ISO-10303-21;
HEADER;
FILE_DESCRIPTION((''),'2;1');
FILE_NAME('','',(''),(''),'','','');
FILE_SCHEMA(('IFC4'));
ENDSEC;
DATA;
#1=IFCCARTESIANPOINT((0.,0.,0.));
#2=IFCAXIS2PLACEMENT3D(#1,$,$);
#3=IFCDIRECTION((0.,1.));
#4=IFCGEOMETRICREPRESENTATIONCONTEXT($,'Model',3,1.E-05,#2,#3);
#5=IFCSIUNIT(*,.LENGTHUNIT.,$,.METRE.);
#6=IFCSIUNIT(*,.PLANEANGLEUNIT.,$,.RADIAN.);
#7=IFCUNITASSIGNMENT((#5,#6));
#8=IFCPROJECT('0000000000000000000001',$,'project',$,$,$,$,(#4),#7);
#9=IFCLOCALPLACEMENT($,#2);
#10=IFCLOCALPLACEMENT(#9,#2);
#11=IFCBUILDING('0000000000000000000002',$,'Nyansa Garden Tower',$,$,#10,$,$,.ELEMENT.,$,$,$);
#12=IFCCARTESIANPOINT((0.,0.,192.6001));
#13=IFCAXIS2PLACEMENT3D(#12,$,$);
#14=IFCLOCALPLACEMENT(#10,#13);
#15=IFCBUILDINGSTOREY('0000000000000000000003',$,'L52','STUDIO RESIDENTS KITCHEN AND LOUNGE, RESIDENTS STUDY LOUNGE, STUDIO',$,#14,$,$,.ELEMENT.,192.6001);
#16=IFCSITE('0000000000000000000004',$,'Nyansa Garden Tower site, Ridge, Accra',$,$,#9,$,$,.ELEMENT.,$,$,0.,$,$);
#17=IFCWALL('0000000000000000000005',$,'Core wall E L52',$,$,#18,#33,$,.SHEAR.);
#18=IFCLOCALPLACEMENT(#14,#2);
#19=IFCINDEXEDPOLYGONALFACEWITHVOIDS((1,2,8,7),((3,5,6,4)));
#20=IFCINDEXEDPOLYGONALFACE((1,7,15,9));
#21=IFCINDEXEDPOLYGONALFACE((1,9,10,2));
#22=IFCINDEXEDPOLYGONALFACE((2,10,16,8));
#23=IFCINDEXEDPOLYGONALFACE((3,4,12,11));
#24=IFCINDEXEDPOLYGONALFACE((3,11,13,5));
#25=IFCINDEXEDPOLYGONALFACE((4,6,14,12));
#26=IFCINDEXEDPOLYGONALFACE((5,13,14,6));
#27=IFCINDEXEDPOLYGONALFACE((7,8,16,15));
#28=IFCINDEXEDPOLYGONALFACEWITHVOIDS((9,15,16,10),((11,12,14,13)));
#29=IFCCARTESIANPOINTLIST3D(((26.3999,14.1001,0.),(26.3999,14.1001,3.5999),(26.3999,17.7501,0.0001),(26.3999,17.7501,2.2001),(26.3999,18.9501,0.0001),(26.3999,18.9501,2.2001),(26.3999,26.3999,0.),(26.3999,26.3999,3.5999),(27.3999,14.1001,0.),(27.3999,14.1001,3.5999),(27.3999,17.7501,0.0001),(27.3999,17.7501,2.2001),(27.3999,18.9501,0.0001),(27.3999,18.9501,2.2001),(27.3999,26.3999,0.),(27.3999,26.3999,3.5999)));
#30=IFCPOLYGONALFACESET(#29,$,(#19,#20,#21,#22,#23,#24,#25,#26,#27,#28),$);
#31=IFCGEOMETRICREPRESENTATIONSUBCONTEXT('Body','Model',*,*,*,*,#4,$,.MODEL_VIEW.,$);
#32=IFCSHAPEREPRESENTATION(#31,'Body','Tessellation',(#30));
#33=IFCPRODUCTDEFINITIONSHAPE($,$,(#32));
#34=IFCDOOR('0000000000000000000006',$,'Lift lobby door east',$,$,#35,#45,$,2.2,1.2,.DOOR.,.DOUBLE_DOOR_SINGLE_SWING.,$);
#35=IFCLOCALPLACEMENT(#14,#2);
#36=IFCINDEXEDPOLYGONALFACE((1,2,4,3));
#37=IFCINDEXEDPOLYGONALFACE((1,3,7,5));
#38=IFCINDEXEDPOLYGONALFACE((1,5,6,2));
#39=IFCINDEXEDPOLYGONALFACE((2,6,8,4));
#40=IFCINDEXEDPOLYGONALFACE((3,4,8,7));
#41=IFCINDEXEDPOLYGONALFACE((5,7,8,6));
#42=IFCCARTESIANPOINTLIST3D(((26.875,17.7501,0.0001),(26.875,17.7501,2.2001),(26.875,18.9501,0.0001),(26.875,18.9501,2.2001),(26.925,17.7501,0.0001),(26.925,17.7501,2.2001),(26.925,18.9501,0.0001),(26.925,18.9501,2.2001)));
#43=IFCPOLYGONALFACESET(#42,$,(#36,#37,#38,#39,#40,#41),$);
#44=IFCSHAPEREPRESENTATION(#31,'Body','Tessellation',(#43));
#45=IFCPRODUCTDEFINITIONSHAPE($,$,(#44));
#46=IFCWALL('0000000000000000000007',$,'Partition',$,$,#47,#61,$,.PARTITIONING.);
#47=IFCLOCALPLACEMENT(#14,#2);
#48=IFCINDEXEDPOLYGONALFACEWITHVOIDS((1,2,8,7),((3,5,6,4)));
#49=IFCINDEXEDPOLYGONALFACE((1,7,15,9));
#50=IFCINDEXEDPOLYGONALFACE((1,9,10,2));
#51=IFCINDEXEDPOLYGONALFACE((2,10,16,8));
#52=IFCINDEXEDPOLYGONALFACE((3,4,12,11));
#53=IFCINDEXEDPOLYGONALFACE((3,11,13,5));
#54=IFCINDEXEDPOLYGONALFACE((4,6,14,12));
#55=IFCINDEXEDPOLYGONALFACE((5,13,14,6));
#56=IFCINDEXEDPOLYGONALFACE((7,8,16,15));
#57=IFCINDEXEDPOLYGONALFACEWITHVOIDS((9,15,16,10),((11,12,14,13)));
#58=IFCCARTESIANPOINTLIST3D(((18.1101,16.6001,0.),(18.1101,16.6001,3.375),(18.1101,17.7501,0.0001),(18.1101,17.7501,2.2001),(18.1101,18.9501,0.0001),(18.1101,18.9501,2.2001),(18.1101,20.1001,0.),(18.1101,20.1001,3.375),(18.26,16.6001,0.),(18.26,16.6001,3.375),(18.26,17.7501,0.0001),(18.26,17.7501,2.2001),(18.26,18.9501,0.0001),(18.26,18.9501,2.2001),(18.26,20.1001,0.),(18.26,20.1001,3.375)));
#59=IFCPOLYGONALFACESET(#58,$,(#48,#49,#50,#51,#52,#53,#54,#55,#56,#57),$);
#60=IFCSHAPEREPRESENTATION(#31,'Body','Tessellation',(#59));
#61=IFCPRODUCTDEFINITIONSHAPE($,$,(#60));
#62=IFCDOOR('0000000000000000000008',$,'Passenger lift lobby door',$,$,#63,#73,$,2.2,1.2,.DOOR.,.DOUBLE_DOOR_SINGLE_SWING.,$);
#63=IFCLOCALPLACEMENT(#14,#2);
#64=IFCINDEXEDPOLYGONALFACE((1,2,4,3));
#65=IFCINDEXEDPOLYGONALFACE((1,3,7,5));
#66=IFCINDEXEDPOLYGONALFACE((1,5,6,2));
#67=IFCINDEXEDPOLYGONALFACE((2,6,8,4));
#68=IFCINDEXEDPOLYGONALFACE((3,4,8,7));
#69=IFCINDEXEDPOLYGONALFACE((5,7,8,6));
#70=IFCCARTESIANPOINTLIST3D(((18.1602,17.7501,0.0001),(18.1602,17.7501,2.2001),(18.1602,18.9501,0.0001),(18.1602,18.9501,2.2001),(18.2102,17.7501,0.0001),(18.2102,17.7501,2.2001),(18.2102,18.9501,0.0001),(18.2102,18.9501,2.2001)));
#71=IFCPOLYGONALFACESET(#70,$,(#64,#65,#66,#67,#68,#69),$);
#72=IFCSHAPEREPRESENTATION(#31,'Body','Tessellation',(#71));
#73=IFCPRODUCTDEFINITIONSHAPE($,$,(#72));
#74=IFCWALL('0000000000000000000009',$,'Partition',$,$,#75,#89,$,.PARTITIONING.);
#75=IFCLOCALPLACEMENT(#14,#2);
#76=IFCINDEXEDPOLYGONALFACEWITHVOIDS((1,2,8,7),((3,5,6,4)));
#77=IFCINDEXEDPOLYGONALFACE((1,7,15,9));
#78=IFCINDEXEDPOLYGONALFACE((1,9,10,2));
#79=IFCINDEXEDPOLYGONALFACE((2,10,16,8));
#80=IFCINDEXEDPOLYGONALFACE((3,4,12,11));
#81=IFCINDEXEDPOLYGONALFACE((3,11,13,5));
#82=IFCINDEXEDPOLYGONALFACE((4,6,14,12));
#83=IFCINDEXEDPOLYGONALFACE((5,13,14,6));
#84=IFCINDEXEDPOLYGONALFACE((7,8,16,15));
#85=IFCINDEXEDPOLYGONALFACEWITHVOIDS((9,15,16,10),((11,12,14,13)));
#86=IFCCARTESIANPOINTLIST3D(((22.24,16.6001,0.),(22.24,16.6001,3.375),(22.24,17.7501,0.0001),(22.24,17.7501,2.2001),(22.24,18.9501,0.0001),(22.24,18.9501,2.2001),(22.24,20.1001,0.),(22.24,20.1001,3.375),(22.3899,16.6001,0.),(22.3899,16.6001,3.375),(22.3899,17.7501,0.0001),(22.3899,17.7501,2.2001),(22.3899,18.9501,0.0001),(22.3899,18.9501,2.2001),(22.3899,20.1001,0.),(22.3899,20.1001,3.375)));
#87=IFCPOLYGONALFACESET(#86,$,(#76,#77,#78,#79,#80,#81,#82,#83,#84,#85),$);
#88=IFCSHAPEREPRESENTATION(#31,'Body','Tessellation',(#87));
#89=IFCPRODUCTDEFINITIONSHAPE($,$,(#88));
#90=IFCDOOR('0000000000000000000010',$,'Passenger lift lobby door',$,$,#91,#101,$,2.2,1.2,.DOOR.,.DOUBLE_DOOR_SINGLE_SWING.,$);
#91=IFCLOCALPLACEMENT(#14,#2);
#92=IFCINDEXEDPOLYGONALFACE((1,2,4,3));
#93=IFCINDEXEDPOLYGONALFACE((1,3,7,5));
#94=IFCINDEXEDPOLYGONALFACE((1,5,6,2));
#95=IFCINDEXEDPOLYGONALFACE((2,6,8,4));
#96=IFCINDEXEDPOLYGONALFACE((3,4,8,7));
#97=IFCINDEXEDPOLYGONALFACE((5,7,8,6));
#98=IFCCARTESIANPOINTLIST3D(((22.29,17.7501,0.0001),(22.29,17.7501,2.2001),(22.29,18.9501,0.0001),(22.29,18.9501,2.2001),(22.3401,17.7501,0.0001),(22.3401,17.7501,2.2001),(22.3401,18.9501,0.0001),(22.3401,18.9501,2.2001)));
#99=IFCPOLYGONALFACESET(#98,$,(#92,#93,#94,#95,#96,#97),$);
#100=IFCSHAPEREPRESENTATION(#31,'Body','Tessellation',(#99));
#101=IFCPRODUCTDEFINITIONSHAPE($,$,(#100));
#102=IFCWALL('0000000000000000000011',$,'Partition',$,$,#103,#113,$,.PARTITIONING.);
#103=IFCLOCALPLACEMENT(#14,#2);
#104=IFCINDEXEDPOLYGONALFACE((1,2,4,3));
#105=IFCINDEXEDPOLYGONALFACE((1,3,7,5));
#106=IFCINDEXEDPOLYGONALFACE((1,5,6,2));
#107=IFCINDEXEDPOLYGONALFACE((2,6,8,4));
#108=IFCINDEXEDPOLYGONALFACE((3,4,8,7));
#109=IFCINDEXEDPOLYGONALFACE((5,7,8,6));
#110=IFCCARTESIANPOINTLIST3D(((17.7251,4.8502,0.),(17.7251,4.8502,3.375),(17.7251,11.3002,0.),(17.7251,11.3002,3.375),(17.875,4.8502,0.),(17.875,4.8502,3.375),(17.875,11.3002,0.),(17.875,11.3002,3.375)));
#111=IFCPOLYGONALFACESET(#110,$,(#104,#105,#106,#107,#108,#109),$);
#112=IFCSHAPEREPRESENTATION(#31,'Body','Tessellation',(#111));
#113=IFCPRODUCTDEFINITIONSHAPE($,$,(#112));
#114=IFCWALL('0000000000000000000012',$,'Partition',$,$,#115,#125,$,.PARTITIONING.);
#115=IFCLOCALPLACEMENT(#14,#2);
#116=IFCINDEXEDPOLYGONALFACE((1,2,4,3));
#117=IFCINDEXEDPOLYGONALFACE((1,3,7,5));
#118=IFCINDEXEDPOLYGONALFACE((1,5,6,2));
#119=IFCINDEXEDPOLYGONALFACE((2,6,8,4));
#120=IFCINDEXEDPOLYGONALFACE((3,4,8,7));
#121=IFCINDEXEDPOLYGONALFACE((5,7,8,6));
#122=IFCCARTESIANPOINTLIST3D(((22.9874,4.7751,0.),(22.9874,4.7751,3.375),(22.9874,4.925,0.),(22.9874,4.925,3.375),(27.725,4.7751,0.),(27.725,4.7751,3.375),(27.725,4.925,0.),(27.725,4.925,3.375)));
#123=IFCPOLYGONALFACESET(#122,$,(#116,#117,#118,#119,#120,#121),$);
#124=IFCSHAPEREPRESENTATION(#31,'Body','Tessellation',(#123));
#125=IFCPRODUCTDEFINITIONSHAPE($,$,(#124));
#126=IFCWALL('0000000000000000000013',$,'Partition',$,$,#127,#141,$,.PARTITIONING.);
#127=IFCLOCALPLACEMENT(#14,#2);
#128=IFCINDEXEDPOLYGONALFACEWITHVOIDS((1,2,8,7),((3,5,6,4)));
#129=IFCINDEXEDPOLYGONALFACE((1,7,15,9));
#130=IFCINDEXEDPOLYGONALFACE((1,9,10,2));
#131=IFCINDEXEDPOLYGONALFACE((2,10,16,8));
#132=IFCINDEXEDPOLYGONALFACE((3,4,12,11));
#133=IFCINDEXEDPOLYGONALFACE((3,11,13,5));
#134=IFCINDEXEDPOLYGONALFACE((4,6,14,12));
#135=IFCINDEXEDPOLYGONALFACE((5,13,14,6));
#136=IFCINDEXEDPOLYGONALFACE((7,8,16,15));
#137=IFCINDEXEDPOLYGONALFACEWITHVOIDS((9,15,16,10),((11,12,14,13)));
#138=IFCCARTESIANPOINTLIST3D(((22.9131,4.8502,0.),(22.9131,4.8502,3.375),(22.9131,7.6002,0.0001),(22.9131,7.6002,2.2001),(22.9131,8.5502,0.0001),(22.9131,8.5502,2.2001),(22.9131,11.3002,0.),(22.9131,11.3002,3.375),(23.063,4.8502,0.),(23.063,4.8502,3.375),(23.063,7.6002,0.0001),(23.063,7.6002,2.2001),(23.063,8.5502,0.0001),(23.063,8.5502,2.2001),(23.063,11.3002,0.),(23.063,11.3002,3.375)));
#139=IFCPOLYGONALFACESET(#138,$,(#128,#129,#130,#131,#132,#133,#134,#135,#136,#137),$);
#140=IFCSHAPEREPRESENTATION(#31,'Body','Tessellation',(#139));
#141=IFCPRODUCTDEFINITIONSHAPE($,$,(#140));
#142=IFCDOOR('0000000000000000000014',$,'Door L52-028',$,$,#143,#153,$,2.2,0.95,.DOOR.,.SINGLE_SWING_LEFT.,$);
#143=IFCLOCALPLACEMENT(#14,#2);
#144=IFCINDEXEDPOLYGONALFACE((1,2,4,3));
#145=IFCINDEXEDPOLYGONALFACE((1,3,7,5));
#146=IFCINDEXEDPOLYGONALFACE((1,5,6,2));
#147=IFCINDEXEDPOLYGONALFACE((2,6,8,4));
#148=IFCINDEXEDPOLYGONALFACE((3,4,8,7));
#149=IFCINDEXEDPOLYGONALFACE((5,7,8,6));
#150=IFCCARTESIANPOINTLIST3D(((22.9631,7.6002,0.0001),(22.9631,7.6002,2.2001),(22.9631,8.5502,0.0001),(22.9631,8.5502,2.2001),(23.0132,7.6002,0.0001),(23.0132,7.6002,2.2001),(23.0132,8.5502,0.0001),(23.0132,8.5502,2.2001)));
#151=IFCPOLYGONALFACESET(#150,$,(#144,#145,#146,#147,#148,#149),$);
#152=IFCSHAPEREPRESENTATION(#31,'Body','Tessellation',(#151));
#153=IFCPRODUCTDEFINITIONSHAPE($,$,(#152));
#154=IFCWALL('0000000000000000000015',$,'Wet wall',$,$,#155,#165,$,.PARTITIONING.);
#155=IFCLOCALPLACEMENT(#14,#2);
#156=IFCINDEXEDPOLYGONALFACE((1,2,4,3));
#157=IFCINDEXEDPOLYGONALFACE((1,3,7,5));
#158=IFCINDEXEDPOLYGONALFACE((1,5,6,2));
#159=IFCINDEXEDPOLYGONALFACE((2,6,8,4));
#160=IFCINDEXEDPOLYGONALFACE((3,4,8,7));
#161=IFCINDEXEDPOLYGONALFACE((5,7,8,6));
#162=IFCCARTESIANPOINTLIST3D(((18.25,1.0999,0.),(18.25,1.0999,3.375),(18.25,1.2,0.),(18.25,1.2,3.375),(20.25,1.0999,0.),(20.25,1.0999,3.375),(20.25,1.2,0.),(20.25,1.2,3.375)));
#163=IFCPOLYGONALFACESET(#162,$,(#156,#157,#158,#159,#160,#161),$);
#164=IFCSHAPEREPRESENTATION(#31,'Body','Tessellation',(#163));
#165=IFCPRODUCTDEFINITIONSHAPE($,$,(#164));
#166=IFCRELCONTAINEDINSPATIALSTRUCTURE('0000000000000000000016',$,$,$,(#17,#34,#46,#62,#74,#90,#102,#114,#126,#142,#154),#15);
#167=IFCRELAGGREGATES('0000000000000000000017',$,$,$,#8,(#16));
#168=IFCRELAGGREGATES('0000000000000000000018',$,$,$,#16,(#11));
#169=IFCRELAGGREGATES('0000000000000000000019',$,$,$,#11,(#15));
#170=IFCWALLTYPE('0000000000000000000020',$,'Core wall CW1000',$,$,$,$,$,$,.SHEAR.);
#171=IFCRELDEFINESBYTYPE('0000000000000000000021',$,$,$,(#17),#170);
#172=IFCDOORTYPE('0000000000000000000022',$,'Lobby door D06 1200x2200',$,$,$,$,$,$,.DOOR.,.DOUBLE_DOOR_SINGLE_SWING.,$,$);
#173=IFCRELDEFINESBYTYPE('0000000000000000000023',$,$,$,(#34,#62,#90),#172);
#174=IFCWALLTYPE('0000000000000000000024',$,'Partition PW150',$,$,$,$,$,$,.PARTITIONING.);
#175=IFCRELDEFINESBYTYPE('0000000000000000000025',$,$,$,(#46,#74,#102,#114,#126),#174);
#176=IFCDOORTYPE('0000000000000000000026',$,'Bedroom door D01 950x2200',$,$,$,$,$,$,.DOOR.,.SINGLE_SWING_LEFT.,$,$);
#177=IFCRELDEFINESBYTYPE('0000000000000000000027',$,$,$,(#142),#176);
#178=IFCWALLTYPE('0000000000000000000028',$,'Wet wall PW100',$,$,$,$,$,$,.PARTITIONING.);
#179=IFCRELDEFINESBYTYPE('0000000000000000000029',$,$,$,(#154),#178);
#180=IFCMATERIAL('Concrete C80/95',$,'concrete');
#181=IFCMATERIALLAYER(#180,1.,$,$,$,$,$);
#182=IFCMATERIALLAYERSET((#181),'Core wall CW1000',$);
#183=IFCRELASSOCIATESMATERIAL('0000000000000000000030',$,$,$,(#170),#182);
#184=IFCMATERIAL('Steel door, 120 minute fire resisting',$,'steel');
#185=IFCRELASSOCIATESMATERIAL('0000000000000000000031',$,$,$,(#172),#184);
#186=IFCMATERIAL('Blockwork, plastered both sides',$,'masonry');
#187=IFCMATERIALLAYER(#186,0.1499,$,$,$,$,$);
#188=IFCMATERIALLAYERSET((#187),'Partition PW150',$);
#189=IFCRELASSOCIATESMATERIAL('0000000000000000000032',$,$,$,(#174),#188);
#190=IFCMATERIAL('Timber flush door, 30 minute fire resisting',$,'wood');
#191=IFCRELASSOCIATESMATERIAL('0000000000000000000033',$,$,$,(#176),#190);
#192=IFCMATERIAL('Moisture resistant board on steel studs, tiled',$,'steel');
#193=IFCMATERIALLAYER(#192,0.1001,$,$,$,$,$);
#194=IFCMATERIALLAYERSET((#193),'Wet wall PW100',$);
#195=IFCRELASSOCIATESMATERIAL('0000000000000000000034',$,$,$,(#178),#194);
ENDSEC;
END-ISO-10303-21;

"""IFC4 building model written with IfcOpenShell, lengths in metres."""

from ifc_helpers import new_model, si_unit, direction, frame, frame_2d, origin, place, context, subcontext, project, spatial, rectangle, extrude, material, layer, layer_set, type_object, element, fill, save


model = new_model("IFC4")

# Units and contexts
model_context = context("Model", 3, precision=1e-05, world=origin(), true_north=direction((0.0, 1.0)))
body_context = subcontext(model_context, "Body", "Model", "MODEL_VIEW")
ifc_project = project(units=[si_unit("LENGTHUNIT", "METRE"), si_unit("PLANEANGLEUNIT", "RADIAN")], contexts=[model_context])

# Site, building, storey
site_placement = place(None, origin())
site = spatial("IfcSite", under=ifc_project, at=site_placement, Name="Nyansa Garden Tower site, Ridge, Accra", CompositionType="ELEMENT", RefElevation=0.0)
building_placement = place(site_placement, origin())
building = spatial("IfcBuilding", under=site, at=building_placement, Name="Nyansa Garden Tower", CompositionType="ELEMENT")
storey_placement = place(building_placement, frame((0.0, 0.0, 192.6001)))
storey = spatial("IfcBuildingStorey", under=building, at=storey_placement, Name="L52", Description="STUDIO RESIDENTS KITCHEN AND LOUNGE, RESIDENTS STUDY LOUNGE, STUDIO", CompositionType="ELEMENT", Elevation=192.6001)

# Walls, openings, doors
ifc_material_1 = material(Name="Concrete C80/95", Category="concrete")
ifc_layer_1 = layer(ifc_material_1, 1.0)
ifc_layer_set_1 = layer_set([ifc_layer_1], Name="Core wall CW1000")
wall_type_1 = type_object("IfcWallType", Name="Core wall CW1000", PredefinedType="SHEAR", material=ifc_layer_set_1)
wall_1_placement = place(storey_placement, frame((26.8999, 14.1001, 0.0), z_axis=(0.0, 0.0, 1.0), x_axis=(0.0, 1.0, 0.0)))
wall_1 = element("IfcWall", 1, at=wall_1_placement, inside=storey, type_object=wall_type_1, Name="Core wall E L52", PredefinedType="SHEAR", context=body_context, shape_type="SweptSolid", body=[
    extrude(rectangle(XDim=12.2998, YDim=1.0, at=frame_2d((6.1499, 0.0))), origin(), (0.0, 0.0, 1.0), 3.5999),
])
opening_1_placement = place(wall_1_placement, frame((3.6499, 0.0, 0.0)))
opening_1 = element("IfcOpeningElement", 2, at=opening_1_placement, cuts=wall_1, PredefinedType="OPENING", context=body_context, shape_type="SweptSolid", body=[
    extrude(rectangle(XDim=1.2, YDim=2.2, at=frame_2d((0.6001, 1.1001))), frame((0.0, 0.51, 0.0), z_axis=(0.0, -1.0, 0.0), x_axis=(1.0, 0.0, 0.0)), (0.0, 0.0, 1.0), 1.02),
])
ifc_material_2 = material(Name="Steel door, 120 minute fire resisting", Category="steel")
door_type_1 = type_object("IfcDoorType", Name="Lobby door D06 1200x2200", OperationType="DOUBLE_DOOR_SINGLE_SWING", PredefinedType="DOOR", material=ifc_material_2)
door_1_placement = place(opening_1_placement, origin())
door_1 = element("IfcDoor", 3, at=door_1_placement, inside=storey, type_object=door_type_1, Name="Lift lobby door east", OperationType="DOUBLE_DOOR_SINGLE_SWING", OverallHeight=2.2, OverallWidth=1.2, PredefinedType="DOOR", context=body_context, shape_type="SweptSolid", body=[
    extrude(rectangle(XDim=1.2, YDim=2.2, at=frame_2d((0.6001, 1.1001))), frame((0.0, 0.0249, 0.0), z_axis=(0.0, -1.0, 0.0), x_axis=(1.0, 0.0, 0.0)), (0.0, 0.0, 1.0), 0.05),
])
fill(opening_1, door_1)
ifc_material_3 = material(Name="Blockwork, plastered both sides", Category="masonry")
ifc_layer_2 = layer(ifc_material_3, 0.1499)
ifc_layer_set_2 = layer_set([ifc_layer_2], Name="Partition PW150")
wall_type_2 = type_object("IfcWallType", Name="Partition PW150", PredefinedType="PARTITIONING", material=ifc_layer_set_2)
wall_2_placement = place(storey_placement, frame((18.1851, 16.6001, 0.0), z_axis=(0.0, 0.0, 1.0), x_axis=(0.0, 1.0, 0.0)))
wall_2 = element("IfcWall", 4, at=wall_2_placement, inside=storey, type_object=wall_type_2, Name="Partition", PredefinedType="PARTITIONING", context=body_context, shape_type="SweptSolid", body=[
    extrude(rectangle(XDim=3.5, YDim=0.1499, at=frame_2d((1.75, 0.0))), origin(), (0.0, 0.0, 1.0), 3.375),
])
opening_2_placement = place(wall_2_placement, frame((1.1499, 0.0, 0.0)))
opening_2 = element("IfcOpeningElement", 5, at=opening_2_placement, cuts=wall_2, PredefinedType="OPENING", context=body_context, shape_type="SweptSolid", body=[
    extrude(rectangle(XDim=1.2, YDim=2.2, at=frame_2d((0.6001, 1.1001))), frame((0.0, 0.085, 0.0), z_axis=(0.0, -1.0, 0.0), x_axis=(1.0, 0.0, 0.0)), (0.0, 0.0, 1.0), 0.1699),
])
door_2_placement = place(opening_2_placement, origin())
door_2 = element("IfcDoor", 6, at=door_2_placement, inside=storey, type_object=door_type_1, Name="Passenger lift lobby door", OperationType="DOUBLE_DOOR_SINGLE_SWING", OverallHeight=2.2, OverallWidth=1.2, PredefinedType="DOOR", context=body_context, shape_type="SweptSolid", body=[
    extrude(rectangle(XDim=1.2, YDim=2.2, at=frame_2d((0.6001, 1.1001))), frame((0.0, 0.0249, 0.0), z_axis=(0.0, -1.0, 0.0), x_axis=(1.0, 0.0, 0.0)), (0.0, 0.0, 1.0), 0.05),
])
fill(opening_2, door_2)
wall_3_placement = place(storey_placement, frame((22.3149, 16.6001, 0.0), z_axis=(0.0, 0.0, 1.0), x_axis=(0.0, 1.0, 0.0)))
wall_3 = element("IfcWall", 7, at=wall_3_placement, inside=storey, type_object=wall_type_2, Name="Partition", PredefinedType="PARTITIONING", context=body_context, shape_type="SweptSolid", body=[
    extrude(rectangle(XDim=3.5, YDim=0.1499, at=frame_2d((1.75, 0.0))), origin(), (0.0, 0.0, 1.0), 3.375),
])
opening_3_placement = place(wall_3_placement, frame((1.1499, 0.0, 0.0)))
opening_3 = element("IfcOpeningElement", 8, at=opening_3_placement, cuts=wall_3, PredefinedType="OPENING", context=body_context, shape_type="SweptSolid", body=[
    extrude(rectangle(XDim=1.2, YDim=2.2, at=frame_2d((0.6001, 1.1001))), frame((0.0, 0.085, 0.0), z_axis=(0.0, -1.0, 0.0), x_axis=(1.0, 0.0, 0.0)), (0.0, 0.0, 1.0), 0.1699),
])
door_3_placement = place(opening_3_placement, origin())
door_3 = element("IfcDoor", 9, at=door_3_placement, inside=storey, type_object=door_type_1, Name="Passenger lift lobby door", OperationType="DOUBLE_DOOR_SINGLE_SWING", OverallHeight=2.2, OverallWidth=1.2, PredefinedType="DOOR", context=body_context, shape_type="SweptSolid", body=[
    extrude(rectangle(XDim=1.2, YDim=2.2, at=frame_2d((0.6001, 1.1001))), frame((0.0, 0.0249, 0.0), z_axis=(0.0, -1.0, 0.0), x_axis=(1.0, 0.0, 0.0)), (0.0, 0.0, 1.0), 0.05),
])
fill(opening_3, door_3)

# Walls
wall_4_placement = place(storey_placement, frame((17.8, 4.8501, 0.0), z_axis=(0.0, 0.0, 1.0), x_axis=(0.0, 1.0, 0.0)))
element("IfcWall", 10, at=wall_4_placement, inside=storey, type_object=wall_type_2, Name="Partition", PredefinedType="PARTITIONING", context=body_context, shape_type="SweptSolid", body=[
    extrude(rectangle(XDim=6.45, YDim=0.1499, at=frame_2d((3.2251, 0.0))), origin(), (0.0, 0.0, 1.0), 3.375),
])
wall_5_placement = place(storey_placement, frame((22.9875, 4.8501, 0.0), z_axis=(0.0, 0.0, 1.0), x_axis=(1.0, 0.0, 0.0)))
element("IfcWall", 11, at=wall_5_placement, inside=storey, type_object=wall_type_2, Name="Partition", PredefinedType="PARTITIONING", context=body_context, shape_type="SweptSolid", body=[
    extrude(rectangle(XDim=4.7375, YDim=0.1499, at=frame_2d((2.3687, 0.0))), origin(), (0.0, 0.0, 1.0), 3.375),
])

# Wall, opening, door
wall_6_placement = place(storey_placement, frame((22.988, 4.8501, 0.0), z_axis=(0.0, 0.0, 1.0), x_axis=(0.0, 1.0, 0.0)))
wall_6 = element("IfcWall", 12, at=wall_6_placement, inside=storey, type_object=wall_type_2, Name="Partition", PredefinedType="PARTITIONING", context=body_context, shape_type="SweptSolid", body=[
    extrude(rectangle(XDim=6.45, YDim=0.1499, at=frame_2d((3.2251, 0.0))), origin(), (0.0, 0.0, 1.0), 3.375),
])
opening_4_placement = place(wall_6_placement, frame((2.75, 0.0, 0.0)))
opening_4 = element("IfcOpeningElement", 13, at=opening_4_placement, cuts=wall_6, PredefinedType="OPENING", context=body_context, shape_type="SweptSolid", body=[
    extrude(rectangle(XDim=0.95, YDim=2.2, at=frame_2d((0.4751, 1.1001))), frame((0.0, 0.085, 0.0), z_axis=(0.0, -1.0, 0.0), x_axis=(1.0, 0.0, 0.0)), (0.0, 0.0, 1.0), 0.1699),
])
ifc_material_4 = material(Name="Timber flush door, 30 minute fire resisting", Category="wood")
door_type_2 = type_object("IfcDoorType", Name="Bedroom door D01 950x2200", OperationType="SINGLE_SWING_LEFT", PredefinedType="DOOR", material=ifc_material_4)
door_4_placement = place(opening_4_placement, origin())
door_4 = element("IfcDoor", 14, at=door_4_placement, inside=storey, type_object=door_type_2, Name="Door L52-028", OperationType="SINGLE_SWING_LEFT", OverallHeight=2.2, OverallWidth=0.95, PredefinedType="DOOR", context=body_context, shape_type="SweptSolid", body=[
    extrude(rectangle(XDim=0.95, YDim=2.2, at=frame_2d((0.4751, 1.1001))), frame((0.0, 0.0249, 0.0), z_axis=(0.0, -1.0, 0.0), x_axis=(1.0, 0.0, 0.0)), (0.0, 0.0, 1.0), 0.05),
])
fill(opening_4, door_4)

# Wall
ifc_material_5 = material(Name="Moisture resistant board on steel studs, tiled", Category="steel")
ifc_layer_3 = layer(ifc_material_5, 0.1001)
ifc_layer_set_3 = layer_set([ifc_layer_3], Name="Wet wall PW100")
wall_type_3 = type_object("IfcWallType", Name="Wet wall PW100", PredefinedType="PARTITIONING", material=ifc_layer_set_3)
wall_7_placement = place(storey_placement, frame((18.25, 1.1499, 0.0), z_axis=(0.0, 0.0, 1.0), x_axis=(1.0, 0.0, 0.0)))
element("IfcWall", 15, at=wall_7_placement, inside=storey, type_object=wall_type_3, Name="Wet wall", PredefinedType="PARTITIONING", context=body_context, shape_type="SweptSolid", body=[
    extrude(rectangle(XDim=2.0, YDim=0.1001, at=frame_2d((1.0, 0.0))), origin(), (0.0, 0.0, 1.0), 3.375),
])

save(model, "model.ifc")
